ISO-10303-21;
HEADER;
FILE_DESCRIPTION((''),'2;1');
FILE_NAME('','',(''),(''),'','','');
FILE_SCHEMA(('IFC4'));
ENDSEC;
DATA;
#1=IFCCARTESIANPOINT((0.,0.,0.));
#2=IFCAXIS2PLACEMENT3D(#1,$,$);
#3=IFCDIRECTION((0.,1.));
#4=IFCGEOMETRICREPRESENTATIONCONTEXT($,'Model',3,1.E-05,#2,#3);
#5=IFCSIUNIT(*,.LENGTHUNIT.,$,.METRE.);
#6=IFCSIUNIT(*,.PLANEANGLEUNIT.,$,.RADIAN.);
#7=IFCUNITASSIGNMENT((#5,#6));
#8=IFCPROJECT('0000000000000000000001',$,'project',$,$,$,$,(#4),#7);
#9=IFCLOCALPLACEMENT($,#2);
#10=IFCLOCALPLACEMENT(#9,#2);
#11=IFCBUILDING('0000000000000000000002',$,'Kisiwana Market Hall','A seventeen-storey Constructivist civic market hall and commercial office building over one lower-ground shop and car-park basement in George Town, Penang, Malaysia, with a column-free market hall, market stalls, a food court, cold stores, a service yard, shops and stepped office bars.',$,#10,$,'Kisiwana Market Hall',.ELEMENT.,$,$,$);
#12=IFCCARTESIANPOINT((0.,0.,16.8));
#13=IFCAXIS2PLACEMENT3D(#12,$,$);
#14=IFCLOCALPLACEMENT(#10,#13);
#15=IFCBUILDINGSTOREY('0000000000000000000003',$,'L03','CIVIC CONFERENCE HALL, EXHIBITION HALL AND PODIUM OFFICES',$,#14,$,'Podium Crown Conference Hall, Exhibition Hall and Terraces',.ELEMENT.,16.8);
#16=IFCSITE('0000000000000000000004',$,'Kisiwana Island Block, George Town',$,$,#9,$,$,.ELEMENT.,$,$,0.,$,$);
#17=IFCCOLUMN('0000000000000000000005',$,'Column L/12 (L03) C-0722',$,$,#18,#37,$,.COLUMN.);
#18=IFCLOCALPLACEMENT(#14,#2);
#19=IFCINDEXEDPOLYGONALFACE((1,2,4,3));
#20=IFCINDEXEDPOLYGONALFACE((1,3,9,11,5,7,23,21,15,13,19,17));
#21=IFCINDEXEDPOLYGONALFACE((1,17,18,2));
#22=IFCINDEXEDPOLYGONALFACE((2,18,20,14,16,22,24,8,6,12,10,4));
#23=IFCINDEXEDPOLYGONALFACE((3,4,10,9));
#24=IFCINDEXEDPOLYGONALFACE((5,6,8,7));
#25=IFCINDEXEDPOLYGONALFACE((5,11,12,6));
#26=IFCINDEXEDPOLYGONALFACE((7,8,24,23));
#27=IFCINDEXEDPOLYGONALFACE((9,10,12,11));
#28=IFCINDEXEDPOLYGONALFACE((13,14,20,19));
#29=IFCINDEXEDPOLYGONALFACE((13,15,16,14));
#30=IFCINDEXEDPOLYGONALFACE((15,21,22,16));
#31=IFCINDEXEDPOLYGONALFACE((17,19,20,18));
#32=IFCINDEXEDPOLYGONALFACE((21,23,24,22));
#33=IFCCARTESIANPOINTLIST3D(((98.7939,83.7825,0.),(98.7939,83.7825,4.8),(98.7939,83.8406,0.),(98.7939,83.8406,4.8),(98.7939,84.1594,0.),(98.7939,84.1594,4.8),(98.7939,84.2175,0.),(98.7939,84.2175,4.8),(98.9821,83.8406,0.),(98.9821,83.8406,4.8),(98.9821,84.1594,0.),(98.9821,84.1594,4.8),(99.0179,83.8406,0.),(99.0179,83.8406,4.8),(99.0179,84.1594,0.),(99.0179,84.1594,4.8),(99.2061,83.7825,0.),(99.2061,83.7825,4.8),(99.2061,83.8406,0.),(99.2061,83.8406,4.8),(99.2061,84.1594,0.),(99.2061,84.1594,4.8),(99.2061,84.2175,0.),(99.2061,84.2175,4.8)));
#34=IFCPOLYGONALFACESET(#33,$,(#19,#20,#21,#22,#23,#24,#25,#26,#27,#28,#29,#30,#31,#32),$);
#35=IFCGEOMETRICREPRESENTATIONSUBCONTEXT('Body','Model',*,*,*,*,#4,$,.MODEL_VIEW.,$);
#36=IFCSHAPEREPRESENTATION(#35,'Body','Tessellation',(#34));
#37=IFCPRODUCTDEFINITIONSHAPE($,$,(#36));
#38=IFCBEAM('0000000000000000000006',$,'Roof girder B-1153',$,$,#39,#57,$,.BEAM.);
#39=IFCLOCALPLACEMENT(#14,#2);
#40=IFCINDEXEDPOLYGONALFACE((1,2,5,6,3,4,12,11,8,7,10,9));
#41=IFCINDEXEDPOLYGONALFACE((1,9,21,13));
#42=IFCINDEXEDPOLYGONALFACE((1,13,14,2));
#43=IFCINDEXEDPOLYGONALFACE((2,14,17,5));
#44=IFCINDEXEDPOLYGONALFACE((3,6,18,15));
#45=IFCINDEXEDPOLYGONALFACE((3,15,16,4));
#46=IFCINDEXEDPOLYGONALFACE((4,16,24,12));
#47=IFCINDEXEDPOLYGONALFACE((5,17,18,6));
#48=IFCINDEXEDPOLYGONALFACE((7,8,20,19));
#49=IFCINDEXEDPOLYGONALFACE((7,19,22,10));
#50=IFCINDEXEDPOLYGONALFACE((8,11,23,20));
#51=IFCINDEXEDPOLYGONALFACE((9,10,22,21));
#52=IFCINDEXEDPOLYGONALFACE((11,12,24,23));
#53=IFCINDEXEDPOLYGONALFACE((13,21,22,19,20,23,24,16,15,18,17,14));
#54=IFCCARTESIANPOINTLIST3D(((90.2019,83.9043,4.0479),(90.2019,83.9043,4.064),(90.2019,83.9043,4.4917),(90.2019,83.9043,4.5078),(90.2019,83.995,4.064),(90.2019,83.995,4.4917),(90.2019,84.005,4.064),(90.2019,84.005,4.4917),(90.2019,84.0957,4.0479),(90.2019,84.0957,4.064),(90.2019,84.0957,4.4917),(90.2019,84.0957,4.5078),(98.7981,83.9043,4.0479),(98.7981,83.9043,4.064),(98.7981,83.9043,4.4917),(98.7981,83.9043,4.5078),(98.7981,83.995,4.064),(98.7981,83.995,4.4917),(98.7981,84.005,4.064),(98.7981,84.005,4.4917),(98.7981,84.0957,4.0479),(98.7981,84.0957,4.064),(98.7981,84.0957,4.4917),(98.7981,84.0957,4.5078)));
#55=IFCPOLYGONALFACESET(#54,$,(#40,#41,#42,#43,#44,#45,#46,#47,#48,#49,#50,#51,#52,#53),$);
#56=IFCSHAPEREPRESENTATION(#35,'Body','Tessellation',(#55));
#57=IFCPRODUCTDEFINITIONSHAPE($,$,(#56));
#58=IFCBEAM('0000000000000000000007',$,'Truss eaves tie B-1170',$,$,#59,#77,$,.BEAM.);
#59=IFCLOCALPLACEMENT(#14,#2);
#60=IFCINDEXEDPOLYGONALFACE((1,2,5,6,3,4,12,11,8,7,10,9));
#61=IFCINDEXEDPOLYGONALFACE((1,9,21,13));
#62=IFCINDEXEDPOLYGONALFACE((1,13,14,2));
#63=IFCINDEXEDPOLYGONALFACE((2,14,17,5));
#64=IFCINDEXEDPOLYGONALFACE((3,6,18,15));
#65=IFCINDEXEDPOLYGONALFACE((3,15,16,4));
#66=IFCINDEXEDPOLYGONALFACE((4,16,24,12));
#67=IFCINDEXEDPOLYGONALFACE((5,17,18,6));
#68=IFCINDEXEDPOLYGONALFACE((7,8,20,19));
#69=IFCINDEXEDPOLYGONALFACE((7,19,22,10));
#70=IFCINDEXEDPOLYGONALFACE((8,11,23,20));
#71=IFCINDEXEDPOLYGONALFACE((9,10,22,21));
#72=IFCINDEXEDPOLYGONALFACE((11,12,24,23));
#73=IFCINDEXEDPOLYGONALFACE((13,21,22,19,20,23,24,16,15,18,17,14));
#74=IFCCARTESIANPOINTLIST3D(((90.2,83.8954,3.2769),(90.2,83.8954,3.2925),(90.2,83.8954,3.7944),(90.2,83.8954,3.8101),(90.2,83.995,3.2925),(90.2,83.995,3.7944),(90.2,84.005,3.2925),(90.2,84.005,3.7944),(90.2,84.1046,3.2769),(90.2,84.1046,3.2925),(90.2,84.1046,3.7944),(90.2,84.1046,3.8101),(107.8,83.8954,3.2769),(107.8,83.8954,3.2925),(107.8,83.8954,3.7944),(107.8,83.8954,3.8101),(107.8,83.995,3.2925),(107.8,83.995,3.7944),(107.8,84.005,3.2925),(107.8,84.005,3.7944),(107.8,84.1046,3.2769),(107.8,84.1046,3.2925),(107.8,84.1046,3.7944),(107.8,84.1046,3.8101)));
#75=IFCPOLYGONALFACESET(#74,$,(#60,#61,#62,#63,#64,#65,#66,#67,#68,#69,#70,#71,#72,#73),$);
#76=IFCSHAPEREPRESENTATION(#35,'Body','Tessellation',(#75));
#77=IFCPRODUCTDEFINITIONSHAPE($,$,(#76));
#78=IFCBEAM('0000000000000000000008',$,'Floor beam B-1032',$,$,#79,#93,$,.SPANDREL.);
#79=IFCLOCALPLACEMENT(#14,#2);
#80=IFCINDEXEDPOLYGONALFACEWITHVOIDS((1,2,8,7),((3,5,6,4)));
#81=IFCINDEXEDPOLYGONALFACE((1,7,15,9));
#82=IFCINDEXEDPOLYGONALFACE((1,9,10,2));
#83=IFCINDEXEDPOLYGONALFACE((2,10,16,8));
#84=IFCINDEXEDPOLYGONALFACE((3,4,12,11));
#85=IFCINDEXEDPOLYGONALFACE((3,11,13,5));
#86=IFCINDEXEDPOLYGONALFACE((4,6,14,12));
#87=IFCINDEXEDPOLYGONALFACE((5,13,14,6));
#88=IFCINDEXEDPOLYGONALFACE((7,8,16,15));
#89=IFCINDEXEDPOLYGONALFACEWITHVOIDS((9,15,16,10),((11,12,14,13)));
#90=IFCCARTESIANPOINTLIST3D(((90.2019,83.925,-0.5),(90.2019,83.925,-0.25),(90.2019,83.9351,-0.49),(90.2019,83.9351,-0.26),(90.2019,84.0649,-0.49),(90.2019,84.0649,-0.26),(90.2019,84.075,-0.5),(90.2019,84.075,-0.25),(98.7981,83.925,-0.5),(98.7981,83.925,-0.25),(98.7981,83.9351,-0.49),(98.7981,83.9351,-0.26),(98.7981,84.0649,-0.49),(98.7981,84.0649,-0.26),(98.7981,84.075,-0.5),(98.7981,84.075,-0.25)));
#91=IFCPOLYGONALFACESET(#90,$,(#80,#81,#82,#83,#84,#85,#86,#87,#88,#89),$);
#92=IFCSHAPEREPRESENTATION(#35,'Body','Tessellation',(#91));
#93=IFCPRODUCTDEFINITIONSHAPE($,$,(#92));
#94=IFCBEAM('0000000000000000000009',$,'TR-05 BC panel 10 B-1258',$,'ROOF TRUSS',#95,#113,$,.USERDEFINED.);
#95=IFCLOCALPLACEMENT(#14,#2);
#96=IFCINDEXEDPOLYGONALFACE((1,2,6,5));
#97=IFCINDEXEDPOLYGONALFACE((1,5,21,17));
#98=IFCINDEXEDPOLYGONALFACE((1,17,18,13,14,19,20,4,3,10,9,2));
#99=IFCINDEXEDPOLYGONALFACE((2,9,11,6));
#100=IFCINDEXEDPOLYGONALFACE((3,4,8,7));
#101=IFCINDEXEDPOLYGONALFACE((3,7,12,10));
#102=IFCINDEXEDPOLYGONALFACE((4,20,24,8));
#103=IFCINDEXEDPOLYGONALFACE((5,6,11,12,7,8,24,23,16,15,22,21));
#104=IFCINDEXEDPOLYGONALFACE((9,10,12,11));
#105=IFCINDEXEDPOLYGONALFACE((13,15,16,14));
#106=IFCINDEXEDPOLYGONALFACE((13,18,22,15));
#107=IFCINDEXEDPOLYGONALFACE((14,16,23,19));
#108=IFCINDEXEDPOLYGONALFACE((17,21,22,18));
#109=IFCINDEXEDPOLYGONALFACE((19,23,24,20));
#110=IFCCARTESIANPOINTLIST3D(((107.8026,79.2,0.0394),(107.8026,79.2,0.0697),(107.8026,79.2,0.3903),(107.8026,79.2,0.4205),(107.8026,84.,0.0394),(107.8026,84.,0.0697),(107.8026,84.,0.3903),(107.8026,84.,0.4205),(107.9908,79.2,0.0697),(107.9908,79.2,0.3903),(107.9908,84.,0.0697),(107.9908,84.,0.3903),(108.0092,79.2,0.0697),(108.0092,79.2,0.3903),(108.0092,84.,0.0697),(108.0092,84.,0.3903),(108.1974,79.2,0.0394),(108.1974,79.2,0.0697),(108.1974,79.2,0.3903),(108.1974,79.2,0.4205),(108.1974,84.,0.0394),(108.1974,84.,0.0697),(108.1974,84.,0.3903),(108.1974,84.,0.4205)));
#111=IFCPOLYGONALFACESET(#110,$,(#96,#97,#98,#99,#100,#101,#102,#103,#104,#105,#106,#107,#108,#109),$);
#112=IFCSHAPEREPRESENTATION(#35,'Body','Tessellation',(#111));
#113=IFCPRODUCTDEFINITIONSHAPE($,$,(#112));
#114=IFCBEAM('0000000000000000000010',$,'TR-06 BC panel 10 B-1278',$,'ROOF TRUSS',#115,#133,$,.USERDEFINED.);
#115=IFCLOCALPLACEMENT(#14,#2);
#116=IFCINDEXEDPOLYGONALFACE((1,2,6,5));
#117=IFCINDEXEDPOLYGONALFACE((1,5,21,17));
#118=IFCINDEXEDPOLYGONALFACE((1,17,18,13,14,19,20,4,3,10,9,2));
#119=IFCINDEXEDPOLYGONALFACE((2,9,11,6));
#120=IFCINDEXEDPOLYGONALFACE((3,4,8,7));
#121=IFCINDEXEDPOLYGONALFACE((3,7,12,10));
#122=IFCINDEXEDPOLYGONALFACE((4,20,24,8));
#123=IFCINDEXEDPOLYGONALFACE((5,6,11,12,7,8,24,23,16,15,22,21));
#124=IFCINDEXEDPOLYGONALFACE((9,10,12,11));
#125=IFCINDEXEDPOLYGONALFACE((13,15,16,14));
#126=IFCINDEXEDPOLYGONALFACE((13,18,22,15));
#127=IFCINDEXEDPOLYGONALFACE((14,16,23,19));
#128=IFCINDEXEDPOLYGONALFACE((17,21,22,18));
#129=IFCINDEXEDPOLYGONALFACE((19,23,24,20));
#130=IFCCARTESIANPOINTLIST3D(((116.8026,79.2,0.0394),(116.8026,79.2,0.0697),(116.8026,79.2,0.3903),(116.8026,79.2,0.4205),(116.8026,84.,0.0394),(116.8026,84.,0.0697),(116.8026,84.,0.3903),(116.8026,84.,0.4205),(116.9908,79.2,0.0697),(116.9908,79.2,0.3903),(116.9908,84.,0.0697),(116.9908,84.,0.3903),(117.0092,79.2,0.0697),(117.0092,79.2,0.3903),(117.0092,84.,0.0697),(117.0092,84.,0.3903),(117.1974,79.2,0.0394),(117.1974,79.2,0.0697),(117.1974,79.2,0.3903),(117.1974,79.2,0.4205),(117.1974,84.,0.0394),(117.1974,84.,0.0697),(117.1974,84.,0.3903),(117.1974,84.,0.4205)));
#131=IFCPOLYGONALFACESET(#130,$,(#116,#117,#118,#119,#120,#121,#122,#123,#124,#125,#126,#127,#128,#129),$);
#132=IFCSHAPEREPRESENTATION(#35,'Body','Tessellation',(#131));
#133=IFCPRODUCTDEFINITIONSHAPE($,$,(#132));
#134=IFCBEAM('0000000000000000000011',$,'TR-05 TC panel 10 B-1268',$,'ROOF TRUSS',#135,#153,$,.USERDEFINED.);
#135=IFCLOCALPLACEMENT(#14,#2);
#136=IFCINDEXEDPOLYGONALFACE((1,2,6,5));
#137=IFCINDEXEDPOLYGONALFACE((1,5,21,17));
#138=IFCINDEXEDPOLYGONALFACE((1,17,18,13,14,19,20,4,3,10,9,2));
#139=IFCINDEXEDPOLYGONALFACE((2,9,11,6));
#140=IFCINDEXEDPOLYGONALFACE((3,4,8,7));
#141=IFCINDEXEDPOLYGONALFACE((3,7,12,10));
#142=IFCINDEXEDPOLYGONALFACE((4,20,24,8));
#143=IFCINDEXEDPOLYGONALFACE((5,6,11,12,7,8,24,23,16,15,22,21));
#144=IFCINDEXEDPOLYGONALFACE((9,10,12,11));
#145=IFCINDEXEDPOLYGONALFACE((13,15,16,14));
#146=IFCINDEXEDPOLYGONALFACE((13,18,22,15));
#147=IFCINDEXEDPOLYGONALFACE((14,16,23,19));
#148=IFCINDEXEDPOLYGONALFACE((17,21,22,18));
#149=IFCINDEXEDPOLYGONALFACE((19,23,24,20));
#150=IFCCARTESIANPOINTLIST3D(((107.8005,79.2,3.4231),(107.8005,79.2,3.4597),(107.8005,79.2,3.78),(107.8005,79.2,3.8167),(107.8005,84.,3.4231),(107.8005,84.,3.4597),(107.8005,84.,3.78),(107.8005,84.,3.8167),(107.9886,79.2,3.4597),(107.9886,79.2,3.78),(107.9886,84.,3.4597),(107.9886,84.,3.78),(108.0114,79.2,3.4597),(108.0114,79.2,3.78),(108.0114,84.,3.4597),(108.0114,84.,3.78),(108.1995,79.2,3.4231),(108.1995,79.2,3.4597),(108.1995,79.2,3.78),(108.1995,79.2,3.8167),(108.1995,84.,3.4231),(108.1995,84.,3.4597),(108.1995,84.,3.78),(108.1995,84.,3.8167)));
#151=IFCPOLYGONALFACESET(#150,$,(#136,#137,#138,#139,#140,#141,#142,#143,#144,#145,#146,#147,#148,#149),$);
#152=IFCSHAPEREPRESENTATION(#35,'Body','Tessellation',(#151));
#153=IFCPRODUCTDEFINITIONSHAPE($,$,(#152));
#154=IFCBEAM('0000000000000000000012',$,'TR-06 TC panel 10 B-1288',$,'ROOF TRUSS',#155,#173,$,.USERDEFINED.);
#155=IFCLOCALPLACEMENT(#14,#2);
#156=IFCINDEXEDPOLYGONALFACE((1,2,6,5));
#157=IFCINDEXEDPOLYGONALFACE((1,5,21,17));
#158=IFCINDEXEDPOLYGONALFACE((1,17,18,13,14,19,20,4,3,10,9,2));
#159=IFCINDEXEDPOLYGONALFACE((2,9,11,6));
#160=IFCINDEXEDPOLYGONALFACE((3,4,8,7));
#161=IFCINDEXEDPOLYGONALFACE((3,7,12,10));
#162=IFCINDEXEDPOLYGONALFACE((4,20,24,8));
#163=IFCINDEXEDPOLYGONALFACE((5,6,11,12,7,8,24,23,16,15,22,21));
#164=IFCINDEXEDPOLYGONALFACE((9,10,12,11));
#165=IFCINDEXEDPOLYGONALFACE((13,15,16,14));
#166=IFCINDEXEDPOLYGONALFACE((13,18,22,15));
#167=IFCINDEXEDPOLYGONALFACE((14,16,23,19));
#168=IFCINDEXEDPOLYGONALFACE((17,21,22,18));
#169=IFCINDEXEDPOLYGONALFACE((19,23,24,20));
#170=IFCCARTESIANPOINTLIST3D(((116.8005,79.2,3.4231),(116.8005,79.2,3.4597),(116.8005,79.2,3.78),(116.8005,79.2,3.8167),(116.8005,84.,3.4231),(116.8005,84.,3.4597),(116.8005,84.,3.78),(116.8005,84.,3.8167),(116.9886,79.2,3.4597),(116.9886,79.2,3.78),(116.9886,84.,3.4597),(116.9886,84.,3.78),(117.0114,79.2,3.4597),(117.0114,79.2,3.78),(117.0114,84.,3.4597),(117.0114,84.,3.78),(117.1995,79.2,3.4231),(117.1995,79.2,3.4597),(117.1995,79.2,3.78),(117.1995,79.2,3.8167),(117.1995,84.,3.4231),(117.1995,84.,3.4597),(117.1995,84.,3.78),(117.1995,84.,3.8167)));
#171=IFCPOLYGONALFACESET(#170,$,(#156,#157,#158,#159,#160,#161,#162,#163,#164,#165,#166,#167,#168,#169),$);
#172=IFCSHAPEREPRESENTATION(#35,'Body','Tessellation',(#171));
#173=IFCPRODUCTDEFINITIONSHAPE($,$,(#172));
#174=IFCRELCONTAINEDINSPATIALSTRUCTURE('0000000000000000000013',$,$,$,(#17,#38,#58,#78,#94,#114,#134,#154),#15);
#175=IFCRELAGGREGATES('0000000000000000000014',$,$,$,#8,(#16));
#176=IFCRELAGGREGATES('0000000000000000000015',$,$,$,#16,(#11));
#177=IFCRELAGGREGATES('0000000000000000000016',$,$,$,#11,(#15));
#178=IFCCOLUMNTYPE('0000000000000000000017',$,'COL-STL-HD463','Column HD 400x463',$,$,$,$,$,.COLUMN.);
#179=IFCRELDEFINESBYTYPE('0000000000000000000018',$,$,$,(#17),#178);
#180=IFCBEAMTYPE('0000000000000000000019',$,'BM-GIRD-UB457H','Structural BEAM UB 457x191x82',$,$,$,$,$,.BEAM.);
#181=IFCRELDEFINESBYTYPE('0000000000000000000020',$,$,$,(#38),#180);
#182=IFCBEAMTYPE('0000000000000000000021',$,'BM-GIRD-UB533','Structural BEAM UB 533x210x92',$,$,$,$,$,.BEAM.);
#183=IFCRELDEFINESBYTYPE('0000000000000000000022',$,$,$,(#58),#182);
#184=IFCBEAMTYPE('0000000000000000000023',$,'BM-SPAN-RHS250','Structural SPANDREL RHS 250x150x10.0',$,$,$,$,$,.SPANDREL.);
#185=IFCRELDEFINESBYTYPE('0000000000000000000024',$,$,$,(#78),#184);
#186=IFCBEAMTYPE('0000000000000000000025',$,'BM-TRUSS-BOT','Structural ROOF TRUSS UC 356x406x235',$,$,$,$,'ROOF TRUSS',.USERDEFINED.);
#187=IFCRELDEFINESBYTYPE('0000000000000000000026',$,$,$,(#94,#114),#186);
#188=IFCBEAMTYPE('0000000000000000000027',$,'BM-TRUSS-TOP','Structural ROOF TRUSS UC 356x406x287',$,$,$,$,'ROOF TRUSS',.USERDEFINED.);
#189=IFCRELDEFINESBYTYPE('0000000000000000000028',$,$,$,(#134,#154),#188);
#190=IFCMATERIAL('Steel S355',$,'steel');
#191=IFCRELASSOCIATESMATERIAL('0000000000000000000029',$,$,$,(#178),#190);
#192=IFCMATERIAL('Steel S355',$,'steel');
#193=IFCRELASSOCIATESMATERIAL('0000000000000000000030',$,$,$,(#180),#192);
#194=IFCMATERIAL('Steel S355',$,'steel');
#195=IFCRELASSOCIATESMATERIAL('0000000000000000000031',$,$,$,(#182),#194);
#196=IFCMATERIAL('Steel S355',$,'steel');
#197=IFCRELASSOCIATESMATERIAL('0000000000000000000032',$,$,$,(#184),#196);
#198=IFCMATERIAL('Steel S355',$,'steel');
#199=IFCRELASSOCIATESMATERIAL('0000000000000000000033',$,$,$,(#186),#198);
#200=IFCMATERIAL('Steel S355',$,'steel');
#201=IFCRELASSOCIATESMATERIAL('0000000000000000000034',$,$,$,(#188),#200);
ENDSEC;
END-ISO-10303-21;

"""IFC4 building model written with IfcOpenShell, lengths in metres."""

from ifc_helpers import new_model, si_unit, direction, frame, origin, origin_2d, place, context, subcontext, project, spatial, hollow_rectangle, i_section, extrude, material, material_profile, profile_set, type_object, element, save


model = new_model("IFC4")

# Units and contexts
model_context = context("Model", 3, precision=1e-05, world=origin(), true_north=direction((0.0, 1.0)))
body_context = subcontext(model_context, "Body", "Model", "MODEL_VIEW")
ifc_project = project(units=[si_unit("LENGTHUNIT", "METRE"), si_unit("PLANEANGLEUNIT", "RADIAN")], contexts=[model_context])

# Site, building, storey
site_placement = place(None, origin())
site = spatial("IfcSite", under=ifc_project, at=site_placement, Name="Kisiwana Island Block, George Town", CompositionType="ELEMENT", RefElevation=0.0)
building_placement = place(site_placement, origin())
building = spatial("IfcBuilding", under=site, at=building_placement, Name="Kisiwana Market Hall", Description="A seventeen-storey Constructivist civic market hall and commercial office building over one lower-ground shop and car-park basement in George Town, Penang, Malaysia, with a column-free market hall, market stalls, a food court, cold stores, a service yard, shops and stepped office bars.", LongName="Kisiwana Market Hall", CompositionType="ELEMENT")
storey_placement = place(building_placement, frame((0.0, 0.0, 16.8)))
storey = spatial("IfcBuildingStorey", under=building, at=storey_placement, Name="L03", Description="CIVIC CONFERENCE HALL, EXHIBITION HALL AND PODIUM OFFICES", LongName="Podium Crown Conference Hall, Exhibition Hall and Terraces", CompositionType="ELEMENT", Elevation=16.8)

# Column
ifc_material_1 = material(Name="Steel S355", Category="steel")
ifc_material_profile_1 = material_profile(ifc_material_1, i_section(OverallWidth=0.4121, OverallDepth=0.4351, WebThickness=0.0359, FlangeThickness=0.0581, at=origin_2d()), Name="HD 400x463")
ifc_profile_set_1 = profile_set([ifc_material_profile_1], Name="Steel S355")
column_type = type_object("IfcColumnType", Name="COL-STL-HD463", Description="Column HD 400x463", PredefinedType="COLUMN", material=ifc_profile_set_1)
column_placement = place(storey_placement, frame((99.0, 84.0, 0.0), z_axis=(0.0, 0.0, 1.0), x_axis=(1.0, 0.0, 0.0)))
element("IfcColumn", 1, at=column_placement, inside=storey, type_object=column_type, Name="Column L/12 (L03) C-0722", PredefinedType="COLUMN", context=body_context, shape_type="SweptSolid", body=[
    extrude(i_section(OverallWidth=0.4121, OverallDepth=0.4351, WebThickness=0.0359, FlangeThickness=0.0581, at=origin_2d()), origin(), (0.0, 0.0, 1.0), 4.8),
])

# Beams
ifc_material_2 = material(Name="Steel S355", Category="steel")
ifc_material_profile_2 = material_profile(ifc_material_2, i_section(OverallWidth=0.1914, OverallDepth=0.46, WebThickness=0.01, FlangeThickness=0.0161, at=origin_2d()), Name="UB 457x191x82")
ifc_profile_set_2 = profile_set([ifc_material_profile_2], Name="Steel S355")
beam_type_1 = type_object("IfcBeamType", Name="BM-GIRD-UB457H", Description="Structural BEAM UB 457x191x82", PredefinedType="BEAM", material=ifc_profile_set_2)
beam_1_placement = place(storey_placement, frame((90.2019, 84.0, 4.2778), z_axis=(1.0, 0.0, 0.0), x_axis=(0.0, 1.0, 0.0)))
element("IfcBeam", 2, at=beam_1_placement, inside=storey, type_object=beam_type_1, Name="Roof girder B-1153", PredefinedType="BEAM", context=body_context, shape_type="SweptSolid", body=[
    extrude(i_section(OverallWidth=0.1914, OverallDepth=0.46, WebThickness=0.01, FlangeThickness=0.0161, at=origin_2d()), origin(), (0.0, 0.0, 1.0), 8.5962),
])
ifc_material_3 = material(Name="Steel S355", Category="steel")
ifc_material_profile_3 = material_profile(ifc_material_3, i_section(OverallWidth=0.2092, OverallDepth=0.5332, WebThickness=0.01, FlangeThickness=0.0156, at=origin_2d()), Name="UB 533x210x92")
ifc_profile_set_3 = profile_set([ifc_material_profile_3], Name="Steel S355")
beam_type_2 = type_object("IfcBeamType", Name="BM-GIRD-UB533", Description="Structural BEAM UB 533x210x92", PredefinedType="BEAM", material=ifc_profile_set_3)
beam_2_placement = place(storey_placement, frame((90.2, 84.0, 3.5435), z_axis=(1.0, 0.0, 0.0), x_axis=(0.0, 1.0, 0.0)))
element("IfcBeam", 3, at=beam_2_placement, inside=storey, type_object=beam_type_2, Name="Truss eaves tie B-1170", PredefinedType="BEAM", context=body_context, shape_type="SweptSolid", body=[
    extrude(i_section(OverallWidth=0.2092, OverallDepth=0.5332, WebThickness=0.01, FlangeThickness=0.0156, at=origin_2d()), origin(), (0.0, 0.0, 1.0), 17.6001),
])
ifc_material_4 = material(Name="Steel S355", Category="steel")
ifc_material_profile_4 = material_profile(ifc_material_4, hollow_rectangle(XDim=0.1499, YDim=0.25, WallThickness=0.01, at=origin_2d()), Name="RHS 250x150x10.0")
ifc_profile_set_4 = profile_set([ifc_material_profile_4], Name="Steel S355")
beam_type_3 = type_object("IfcBeamType", Name="BM-SPAN-RHS250", Description="Structural SPANDREL RHS 250x150x10.0", PredefinedType="SPANDREL", material=ifc_profile_set_4)
beam_3_placement = place(storey_placement, frame((90.2019, 84.0, -0.375), z_axis=(1.0, 0.0, 0.0), x_axis=(0.0, 1.0, 0.0)))
element("IfcBeam", 4, at=beam_3_placement, inside=storey, type_object=beam_type_3, Name="Floor beam B-1032", PredefinedType="SPANDREL", context=body_context, shape_type="SweptSolid", body=[
    extrude(hollow_rectangle(XDim=0.1499, YDim=0.25, WallThickness=0.01, at=origin_2d()), origin(), (0.0, 0.0, 1.0), 8.5962),
])
ifc_material_5 = material(Name="Steel S355", Category="steel")
ifc_material_profile_5 = material_profile(ifc_material_5, i_section(OverallWidth=0.3948, OverallDepth=0.3811, WebThickness=0.0183, FlangeThickness=0.0303, at=origin_2d()), Name="UC 356x406x235")
ifc_profile_set_5 = profile_set([ifc_material_profile_5], Name="Steel S355")
beam_type_4 = type_object("IfcBeamType", Name="BM-TRUSS-BOT", Description="Structural ROOF TRUSS UC 356x406x235", ElementType="ROOF TRUSS", PredefinedType="USERDEFINED", material=ifc_profile_set_5)
for number, where, z_axis, x_axis, name in (
    (5, (108.0, 79.2, 0.23), (0.0, 1.0, 0.0), (-1.0, 0.0, 0.0), "TR-05 BC panel 10 B-1258"),
    (6, (117.0, 79.2, 0.23), (0.0, 1.0, 0.0), (-1.0, 0.0, 0.0), "TR-06 BC panel 10 B-1278"),
):
    element("IfcBeam", number, at=place(storey_placement, frame(where, z_axis=z_axis, x_axis=x_axis)), inside=storey, type_object=beam_type_4, Name=name, ObjectType="ROOF TRUSS", PredefinedType="USERDEFINED", context=body_context, shape_type="SweptSolid", body=[
        extrude(i_section(OverallWidth=0.3948, OverallDepth=0.3811, WebThickness=0.0183, FlangeThickness=0.0303, at=origin_2d()), origin(), (0.0, 0.0, 1.0), 4.8),
    ])
ifc_material_6 = material(Name="Steel S355", Category="steel")
ifc_material_profile_6 = material_profile(ifc_material_6, i_section(OverallWidth=0.3989, OverallDepth=0.3936, WebThickness=0.0227, FlangeThickness=0.0366, at=origin_2d()), Name="UC 356x406x287")
ifc_profile_set_6 = profile_set([ifc_material_profile_6], Name="Steel S355")
beam_type_5 = type_object("IfcBeamType", Name="BM-TRUSS-TOP", Description="Structural ROOF TRUSS UC 356x406x287", ElementType="ROOF TRUSS", PredefinedType="USERDEFINED", material=ifc_profile_set_6)
for number, where, z_axis, x_axis, name in (
    (7, (108.0, 79.2, 3.6199), (0.0, 1.0, 0.0), (-1.0, 0.0, 0.0), "TR-05 TC panel 10 B-1268"),
    (8, (117.0, 79.2, 3.6199), (0.0, 1.0, 0.0), (-1.0, 0.0, 0.0), "TR-06 TC panel 10 B-1288"),
):
    element("IfcBeam", number, at=place(storey_placement, frame(where, z_axis=z_axis, x_axis=x_axis)), inside=storey, type_object=beam_type_5, Name=name, ObjectType="ROOF TRUSS", PredefinedType="USERDEFINED", context=body_context, shape_type="SweptSolid", body=[
        extrude(i_section(OverallWidth=0.3989, OverallDepth=0.3936, WebThickness=0.0227, FlangeThickness=0.0366, at=origin_2d()), origin(), (0.0, 0.0, 1.0), 4.8),
    ])

save(model, "model.ifc")
